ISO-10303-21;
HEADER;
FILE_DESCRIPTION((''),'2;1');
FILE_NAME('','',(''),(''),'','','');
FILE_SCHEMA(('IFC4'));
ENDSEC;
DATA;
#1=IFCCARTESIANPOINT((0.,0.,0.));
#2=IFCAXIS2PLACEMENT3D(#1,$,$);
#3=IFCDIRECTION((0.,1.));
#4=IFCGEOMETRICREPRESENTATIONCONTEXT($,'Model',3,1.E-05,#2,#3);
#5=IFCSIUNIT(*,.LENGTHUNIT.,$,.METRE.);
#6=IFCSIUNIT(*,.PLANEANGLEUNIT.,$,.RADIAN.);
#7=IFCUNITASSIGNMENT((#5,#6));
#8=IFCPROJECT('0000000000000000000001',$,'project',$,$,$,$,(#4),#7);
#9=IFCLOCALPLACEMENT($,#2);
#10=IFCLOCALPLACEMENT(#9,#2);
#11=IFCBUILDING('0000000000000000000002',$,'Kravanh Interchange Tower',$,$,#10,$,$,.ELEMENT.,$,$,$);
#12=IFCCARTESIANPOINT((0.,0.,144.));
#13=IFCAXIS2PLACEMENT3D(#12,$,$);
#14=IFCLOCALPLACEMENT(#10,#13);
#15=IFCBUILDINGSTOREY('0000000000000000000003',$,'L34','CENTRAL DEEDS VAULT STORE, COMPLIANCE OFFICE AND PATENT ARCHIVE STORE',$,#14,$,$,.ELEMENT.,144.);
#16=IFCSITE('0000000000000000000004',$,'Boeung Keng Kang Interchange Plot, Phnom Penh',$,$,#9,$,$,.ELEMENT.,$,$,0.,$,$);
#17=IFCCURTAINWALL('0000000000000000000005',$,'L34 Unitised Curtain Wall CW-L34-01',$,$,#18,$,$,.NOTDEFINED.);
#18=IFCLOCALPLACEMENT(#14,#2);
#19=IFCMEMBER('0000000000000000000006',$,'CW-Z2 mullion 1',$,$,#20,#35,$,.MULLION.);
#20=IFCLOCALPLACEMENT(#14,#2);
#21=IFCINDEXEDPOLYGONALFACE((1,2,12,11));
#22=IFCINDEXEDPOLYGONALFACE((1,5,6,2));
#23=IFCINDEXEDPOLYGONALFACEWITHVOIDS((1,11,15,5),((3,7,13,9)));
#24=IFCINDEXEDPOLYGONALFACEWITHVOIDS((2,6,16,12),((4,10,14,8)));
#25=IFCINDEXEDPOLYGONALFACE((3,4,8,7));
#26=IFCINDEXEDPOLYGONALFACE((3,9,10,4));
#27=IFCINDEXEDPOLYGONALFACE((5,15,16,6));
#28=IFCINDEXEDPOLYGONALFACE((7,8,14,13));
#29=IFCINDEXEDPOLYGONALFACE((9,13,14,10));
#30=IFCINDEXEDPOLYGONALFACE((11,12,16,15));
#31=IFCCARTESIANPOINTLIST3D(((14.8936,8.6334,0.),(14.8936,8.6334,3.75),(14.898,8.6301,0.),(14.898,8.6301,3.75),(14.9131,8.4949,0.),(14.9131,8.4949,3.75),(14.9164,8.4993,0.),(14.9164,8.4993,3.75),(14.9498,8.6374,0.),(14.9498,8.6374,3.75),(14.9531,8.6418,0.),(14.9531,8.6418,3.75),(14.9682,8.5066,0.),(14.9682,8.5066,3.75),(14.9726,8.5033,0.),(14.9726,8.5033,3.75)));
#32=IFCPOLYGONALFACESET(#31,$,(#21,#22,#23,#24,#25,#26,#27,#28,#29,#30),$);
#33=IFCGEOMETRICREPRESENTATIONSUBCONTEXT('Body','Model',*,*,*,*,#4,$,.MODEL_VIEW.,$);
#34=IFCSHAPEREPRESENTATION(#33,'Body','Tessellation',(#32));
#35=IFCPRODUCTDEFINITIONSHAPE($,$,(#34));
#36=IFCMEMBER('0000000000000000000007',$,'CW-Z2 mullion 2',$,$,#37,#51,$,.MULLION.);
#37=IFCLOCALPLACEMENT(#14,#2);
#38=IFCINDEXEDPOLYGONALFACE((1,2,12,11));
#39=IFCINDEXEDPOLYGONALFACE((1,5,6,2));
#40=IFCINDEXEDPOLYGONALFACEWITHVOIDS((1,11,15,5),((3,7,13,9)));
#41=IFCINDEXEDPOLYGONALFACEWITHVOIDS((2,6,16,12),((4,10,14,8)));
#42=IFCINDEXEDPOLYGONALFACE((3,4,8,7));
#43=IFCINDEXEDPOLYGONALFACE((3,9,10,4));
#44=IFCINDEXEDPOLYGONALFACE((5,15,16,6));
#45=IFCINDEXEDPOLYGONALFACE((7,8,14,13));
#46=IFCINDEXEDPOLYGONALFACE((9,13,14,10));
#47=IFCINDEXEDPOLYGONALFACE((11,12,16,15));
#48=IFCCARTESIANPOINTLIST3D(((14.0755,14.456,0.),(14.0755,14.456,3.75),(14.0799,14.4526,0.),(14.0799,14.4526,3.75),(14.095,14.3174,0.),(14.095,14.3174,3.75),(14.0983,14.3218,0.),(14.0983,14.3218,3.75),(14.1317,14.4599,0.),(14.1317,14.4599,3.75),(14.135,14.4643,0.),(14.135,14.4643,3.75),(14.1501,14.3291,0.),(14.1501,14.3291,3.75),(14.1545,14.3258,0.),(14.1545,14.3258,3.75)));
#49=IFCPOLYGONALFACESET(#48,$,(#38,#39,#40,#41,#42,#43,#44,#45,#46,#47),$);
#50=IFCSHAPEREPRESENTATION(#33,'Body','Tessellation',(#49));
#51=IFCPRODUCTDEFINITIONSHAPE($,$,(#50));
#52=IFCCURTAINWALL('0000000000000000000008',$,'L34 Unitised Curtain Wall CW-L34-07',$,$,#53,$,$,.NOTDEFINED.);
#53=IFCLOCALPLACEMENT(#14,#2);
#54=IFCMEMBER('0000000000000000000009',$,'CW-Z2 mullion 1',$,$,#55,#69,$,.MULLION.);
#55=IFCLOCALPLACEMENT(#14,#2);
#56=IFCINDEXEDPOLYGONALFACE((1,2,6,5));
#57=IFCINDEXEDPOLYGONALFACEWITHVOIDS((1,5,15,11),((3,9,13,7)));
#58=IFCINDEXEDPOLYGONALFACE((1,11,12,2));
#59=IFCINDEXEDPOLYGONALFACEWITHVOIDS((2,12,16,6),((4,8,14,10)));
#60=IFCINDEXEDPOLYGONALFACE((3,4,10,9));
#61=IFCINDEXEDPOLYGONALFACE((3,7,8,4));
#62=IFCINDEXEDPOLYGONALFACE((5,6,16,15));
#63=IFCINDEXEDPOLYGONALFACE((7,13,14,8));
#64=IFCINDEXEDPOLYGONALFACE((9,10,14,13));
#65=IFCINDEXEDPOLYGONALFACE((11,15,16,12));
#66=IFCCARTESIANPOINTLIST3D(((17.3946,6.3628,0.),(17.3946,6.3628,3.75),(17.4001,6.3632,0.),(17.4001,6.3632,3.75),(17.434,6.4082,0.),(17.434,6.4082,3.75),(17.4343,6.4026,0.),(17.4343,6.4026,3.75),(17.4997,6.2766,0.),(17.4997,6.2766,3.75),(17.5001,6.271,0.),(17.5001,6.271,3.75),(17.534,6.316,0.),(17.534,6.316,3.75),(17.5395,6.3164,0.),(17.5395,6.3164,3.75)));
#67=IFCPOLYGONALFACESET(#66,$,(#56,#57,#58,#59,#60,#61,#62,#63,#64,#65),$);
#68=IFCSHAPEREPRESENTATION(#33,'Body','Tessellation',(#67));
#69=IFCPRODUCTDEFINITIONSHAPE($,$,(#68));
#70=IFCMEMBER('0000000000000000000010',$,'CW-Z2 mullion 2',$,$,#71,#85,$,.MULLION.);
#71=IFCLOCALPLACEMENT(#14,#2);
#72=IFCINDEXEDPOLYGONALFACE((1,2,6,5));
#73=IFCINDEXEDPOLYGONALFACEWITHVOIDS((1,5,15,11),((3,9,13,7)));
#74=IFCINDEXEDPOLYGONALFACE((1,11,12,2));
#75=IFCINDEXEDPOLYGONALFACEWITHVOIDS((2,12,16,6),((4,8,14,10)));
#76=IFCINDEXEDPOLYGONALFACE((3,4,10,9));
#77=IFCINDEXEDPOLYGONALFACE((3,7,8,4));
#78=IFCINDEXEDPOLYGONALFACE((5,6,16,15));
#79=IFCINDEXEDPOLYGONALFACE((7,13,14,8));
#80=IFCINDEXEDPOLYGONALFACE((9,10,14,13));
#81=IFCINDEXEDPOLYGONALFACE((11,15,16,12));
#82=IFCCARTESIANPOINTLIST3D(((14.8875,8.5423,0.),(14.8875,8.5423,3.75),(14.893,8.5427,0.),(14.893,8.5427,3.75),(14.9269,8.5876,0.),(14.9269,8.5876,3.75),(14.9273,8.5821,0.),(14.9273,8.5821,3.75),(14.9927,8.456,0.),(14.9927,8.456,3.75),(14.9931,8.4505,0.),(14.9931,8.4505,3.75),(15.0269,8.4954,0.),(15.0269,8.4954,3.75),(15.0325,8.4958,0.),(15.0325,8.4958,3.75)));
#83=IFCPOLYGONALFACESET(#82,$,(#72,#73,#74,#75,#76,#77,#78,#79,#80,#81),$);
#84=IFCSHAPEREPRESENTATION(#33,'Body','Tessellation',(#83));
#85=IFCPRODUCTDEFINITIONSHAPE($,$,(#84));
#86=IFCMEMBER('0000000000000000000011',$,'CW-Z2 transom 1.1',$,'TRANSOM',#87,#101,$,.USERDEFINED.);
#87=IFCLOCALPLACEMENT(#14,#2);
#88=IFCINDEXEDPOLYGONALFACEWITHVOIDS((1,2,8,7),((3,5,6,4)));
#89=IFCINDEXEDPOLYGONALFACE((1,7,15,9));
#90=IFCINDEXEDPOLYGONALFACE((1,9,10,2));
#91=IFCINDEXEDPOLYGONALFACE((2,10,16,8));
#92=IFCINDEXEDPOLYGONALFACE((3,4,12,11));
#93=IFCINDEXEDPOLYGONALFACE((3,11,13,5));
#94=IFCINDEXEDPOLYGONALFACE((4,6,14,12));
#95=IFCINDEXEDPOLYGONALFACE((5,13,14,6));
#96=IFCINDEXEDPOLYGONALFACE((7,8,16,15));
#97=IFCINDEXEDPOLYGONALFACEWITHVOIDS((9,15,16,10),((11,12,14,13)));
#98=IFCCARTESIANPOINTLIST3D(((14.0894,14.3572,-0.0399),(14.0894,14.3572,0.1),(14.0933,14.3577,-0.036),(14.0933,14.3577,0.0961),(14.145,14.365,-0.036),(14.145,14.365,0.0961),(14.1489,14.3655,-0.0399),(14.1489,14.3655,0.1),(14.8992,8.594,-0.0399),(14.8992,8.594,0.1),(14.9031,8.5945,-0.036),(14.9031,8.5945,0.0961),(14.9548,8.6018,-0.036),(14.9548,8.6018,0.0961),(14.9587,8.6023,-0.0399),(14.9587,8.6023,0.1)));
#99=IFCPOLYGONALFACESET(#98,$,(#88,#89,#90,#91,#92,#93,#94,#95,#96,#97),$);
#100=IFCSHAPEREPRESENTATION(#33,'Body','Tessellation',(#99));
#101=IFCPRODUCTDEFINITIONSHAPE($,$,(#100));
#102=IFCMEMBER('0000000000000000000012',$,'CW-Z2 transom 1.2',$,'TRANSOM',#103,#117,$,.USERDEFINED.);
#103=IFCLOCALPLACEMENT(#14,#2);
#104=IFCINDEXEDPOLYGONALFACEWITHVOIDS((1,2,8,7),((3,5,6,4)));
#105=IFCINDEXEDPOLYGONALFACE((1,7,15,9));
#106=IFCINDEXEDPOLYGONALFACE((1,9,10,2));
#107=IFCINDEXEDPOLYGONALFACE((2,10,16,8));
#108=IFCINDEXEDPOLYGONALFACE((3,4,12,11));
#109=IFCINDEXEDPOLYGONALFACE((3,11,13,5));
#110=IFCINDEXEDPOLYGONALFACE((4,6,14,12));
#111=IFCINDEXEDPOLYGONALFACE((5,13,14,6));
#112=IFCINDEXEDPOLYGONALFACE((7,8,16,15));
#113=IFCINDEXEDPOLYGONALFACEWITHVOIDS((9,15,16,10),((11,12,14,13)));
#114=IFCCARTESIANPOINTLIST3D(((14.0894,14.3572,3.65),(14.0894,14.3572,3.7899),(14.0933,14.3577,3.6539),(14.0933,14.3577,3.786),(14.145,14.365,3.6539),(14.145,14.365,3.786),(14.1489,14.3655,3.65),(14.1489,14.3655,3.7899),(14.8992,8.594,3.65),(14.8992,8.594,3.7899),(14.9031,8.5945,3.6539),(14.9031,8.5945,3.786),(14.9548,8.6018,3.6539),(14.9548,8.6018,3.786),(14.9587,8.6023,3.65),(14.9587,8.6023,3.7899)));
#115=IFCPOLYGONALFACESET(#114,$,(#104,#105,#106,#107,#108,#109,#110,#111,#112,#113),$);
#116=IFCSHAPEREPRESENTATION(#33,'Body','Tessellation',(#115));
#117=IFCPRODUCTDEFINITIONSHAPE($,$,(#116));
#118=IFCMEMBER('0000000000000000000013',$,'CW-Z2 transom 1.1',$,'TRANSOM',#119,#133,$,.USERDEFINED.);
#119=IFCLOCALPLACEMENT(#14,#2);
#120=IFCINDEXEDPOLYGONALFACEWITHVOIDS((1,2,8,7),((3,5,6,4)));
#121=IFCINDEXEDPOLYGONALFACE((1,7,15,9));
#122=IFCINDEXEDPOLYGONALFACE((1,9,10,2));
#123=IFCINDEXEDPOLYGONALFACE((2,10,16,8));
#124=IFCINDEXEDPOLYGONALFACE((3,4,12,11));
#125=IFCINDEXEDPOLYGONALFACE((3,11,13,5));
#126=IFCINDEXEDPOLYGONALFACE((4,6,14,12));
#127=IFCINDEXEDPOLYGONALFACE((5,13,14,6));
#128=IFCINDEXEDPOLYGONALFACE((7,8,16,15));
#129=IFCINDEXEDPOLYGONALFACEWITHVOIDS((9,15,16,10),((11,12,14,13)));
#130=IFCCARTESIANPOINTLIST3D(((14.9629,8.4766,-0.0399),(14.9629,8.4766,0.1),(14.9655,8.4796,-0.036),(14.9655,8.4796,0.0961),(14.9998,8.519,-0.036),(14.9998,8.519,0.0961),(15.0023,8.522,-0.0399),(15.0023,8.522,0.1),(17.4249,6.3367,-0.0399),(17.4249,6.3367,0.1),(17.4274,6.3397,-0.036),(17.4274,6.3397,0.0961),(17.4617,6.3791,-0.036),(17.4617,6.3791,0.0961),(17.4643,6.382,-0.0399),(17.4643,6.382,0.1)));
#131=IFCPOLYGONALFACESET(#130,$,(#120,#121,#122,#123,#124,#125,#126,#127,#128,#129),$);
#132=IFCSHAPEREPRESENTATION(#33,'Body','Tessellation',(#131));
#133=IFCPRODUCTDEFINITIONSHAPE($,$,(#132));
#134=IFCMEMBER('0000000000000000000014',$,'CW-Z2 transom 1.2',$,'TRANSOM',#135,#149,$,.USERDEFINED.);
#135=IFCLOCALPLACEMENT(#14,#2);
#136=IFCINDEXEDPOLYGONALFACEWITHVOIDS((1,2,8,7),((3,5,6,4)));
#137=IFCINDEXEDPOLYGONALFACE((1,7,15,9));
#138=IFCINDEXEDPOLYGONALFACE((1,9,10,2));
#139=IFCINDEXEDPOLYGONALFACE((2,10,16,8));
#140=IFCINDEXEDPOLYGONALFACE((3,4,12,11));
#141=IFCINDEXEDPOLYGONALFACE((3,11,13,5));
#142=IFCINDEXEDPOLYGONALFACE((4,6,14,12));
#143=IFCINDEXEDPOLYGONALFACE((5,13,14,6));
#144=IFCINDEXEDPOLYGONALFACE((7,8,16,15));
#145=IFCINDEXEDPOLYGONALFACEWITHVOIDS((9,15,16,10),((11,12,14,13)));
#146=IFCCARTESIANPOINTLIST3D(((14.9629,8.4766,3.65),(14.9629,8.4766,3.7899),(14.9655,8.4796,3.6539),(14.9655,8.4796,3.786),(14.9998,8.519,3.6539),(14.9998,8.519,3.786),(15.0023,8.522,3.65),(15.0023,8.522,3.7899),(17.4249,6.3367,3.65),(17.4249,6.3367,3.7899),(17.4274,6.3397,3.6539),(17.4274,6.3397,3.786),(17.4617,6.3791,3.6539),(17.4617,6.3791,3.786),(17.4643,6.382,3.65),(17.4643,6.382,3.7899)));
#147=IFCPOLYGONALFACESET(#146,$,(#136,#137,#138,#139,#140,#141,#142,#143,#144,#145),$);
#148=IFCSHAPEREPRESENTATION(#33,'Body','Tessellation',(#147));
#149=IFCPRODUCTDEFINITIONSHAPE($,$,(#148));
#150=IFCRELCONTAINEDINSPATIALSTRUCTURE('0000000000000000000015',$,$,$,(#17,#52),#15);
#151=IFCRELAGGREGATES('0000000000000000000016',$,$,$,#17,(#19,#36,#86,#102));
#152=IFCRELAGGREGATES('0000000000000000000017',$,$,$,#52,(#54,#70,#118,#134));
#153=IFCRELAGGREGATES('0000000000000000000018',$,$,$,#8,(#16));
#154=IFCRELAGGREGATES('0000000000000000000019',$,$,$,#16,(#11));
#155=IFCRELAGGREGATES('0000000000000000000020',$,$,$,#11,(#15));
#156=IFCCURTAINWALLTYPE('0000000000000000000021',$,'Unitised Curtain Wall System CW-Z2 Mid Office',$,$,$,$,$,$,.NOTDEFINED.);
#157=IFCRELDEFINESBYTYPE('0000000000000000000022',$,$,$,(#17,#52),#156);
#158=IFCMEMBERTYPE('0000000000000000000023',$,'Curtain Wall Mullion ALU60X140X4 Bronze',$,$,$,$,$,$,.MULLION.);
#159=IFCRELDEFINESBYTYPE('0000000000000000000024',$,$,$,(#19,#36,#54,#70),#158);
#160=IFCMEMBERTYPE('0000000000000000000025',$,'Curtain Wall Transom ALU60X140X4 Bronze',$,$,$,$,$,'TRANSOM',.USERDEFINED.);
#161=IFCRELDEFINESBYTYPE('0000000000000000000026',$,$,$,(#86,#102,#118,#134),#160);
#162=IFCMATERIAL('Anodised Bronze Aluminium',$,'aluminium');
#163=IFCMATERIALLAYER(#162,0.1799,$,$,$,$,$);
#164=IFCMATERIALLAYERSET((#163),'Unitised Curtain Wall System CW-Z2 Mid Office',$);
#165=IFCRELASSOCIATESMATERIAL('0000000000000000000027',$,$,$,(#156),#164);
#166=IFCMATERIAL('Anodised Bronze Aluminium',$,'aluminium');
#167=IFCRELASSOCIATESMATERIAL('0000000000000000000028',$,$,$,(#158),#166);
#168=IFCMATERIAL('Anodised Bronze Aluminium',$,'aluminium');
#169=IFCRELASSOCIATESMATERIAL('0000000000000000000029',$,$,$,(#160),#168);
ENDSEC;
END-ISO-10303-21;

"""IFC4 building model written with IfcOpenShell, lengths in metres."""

from ifc_helpers import new_model, si_unit, direction, frame, origin, origin_2d, place, context, subcontext, project, spatial, hollow_rectangle, extrude, material, layer, layer_set, material_profile, profile_set, type_object, element, aggregate, save


model = new_model("IFC4")

# Units and contexts
model_context = context("Model", 3, precision=1e-05, world=origin(), true_north=direction((0.0, 1.0)))
body_context = subcontext(model_context, "Body", "Model", "MODEL_VIEW")
ifc_project = project(units=[si_unit("LENGTHUNIT", "METRE"), si_unit("PLANEANGLEUNIT", "RADIAN")], contexts=[model_context])

# Site, building, storey
site_placement = place(None, origin())
site = spatial("IfcSite", under=ifc_project, at=site_placement, Name="Boeung Keng Kang Interchange Plot, Phnom Penh", CompositionType="ELEMENT", RefElevation=0.0)
building_placement = place(site_placement, origin())
building = spatial("IfcBuilding", under=site, at=building_placement, Name="Kravanh Interchange Tower", CompositionType="ELEMENT")
storey_placement = place(building_placement, frame((0.0, 0.0, 144.0)))
storey = spatial("IfcBuildingStorey", under=building, at=storey_placement, Name="L34", Description="CENTRAL DEEDS VAULT STORE, COMPLIANCE OFFICE AND PATENT ARCHIVE STORE", CompositionType="ELEMENT", Elevation=144.0)

# Curtain walls, members
ifc_material_1 = material(Name="Anodised Bronze Aluminium", Category="aluminium")
ifc_layer_1 = layer(ifc_material_1, 0.1799)
ifc_layer_set_1 = layer_set([ifc_layer_1], Name="Unitised Curtain Wall System CW-Z2 Mid Office")
curtain_wall_type = type_object("IfcCurtainWallType", Name="Unitised Curtain Wall System CW-Z2 Mid Office", PredefinedType="NOTDEFINED", material=ifc_layer_set_1)
curtain_wall_1_placement = place(storey_placement, origin())
curtain_wall_1 = element("IfcCurtainWall", 1, at=curtain_wall_1_placement, inside=storey, type_object=curtain_wall_type, Name="L34 Unitised Curtain Wall CW-L34-01", PredefinedType="NOTDEFINED")
ifc_material_2 = material(Name="Anodised Bronze Aluminium", Category="aluminium")
ifc_material_profile_1 = material_profile(ifc_material_2, hollow_rectangle(XDim=0.0601, YDim=0.1399, WallThickness=0.0039, at=origin_2d()), Name="ALU60X140X4")
ifc_profile_set_1 = profile_set([ifc_material_profile_1], Name="Anodised Bronze Aluminium")
member_type_1 = type_object("IfcMemberType", Name="Curtain Wall Mullion ALU60X140X4 Bronze", PredefinedType="MULLION", material=ifc_profile_set_1)
member_1_placement = place(storey_placement, frame((14.9331, 8.5684, 0.0), z_axis=(0.0, 0.0, 1.0), x_axis=(-0.990268, -0.139173, 0.0)))
member_1 = element("IfcMember", 2, at=member_1_placement, type_object=member_type_1, Name="CW-Z2 mullion 1", PredefinedType="MULLION", context=body_context, shape_type="SweptSolid", body=[
    extrude(hollow_rectangle(XDim=0.0601, YDim=0.1399, WallThickness=0.0039, at=origin_2d()), origin(), (0.0, 0.0, 1.0), 3.75),
])
member_2_placement = place(storey_placement, frame((14.115, 14.3909, 0.0), z_axis=(0.0, 0.0, 1.0), x_axis=(-0.990268, -0.139173, 0.0)))
member_2 = element("IfcMember", 3, at=member_2_placement, type_object=member_type_1, Name="CW-Z2 mullion 2", PredefinedType="MULLION", context=body_context, shape_type="SweptSolid", body=[
    extrude(hollow_rectangle(XDim=0.0601, YDim=0.1399, WallThickness=0.0039, at=origin_2d()), origin(), (0.0, 0.0, 1.0), 3.75),
])
curtain_wall_2_placement = place(storey_placement, origin())
curtain_wall_2 = element("IfcCurtainWall", 4, at=curtain_wall_2_placement, inside=storey, type_object=curtain_wall_type, Name="L34 Unitised Curtain Wall CW-L34-07", PredefinedType="NOTDEFINED")
member_3_placement = place(storey_placement, frame((17.467, 6.3396, 0.0), z_axis=(0.0, 0.0, 1.0), x_axis=(-0.656048, -0.754719, 0.0)))
member_3 = element("IfcMember", 5, at=member_3_placement, type_object=member_type_1, Name="CW-Z2 mullion 1", PredefinedType="MULLION", context=body_context, shape_type="SweptSolid", body=[
    extrude(hollow_rectangle(XDim=0.0601, YDim=0.1399, WallThickness=0.0039, at=origin_2d()), origin(), (0.0, 0.0, 1.0), 3.75),
])
member_4_placement = place(storey_placement, frame((14.96, 8.519, 0.0), z_axis=(0.0, 0.0, 1.0), x_axis=(-0.656048, -0.754719, 0.0)))
member_4 = element("IfcMember", 6, at=member_4_placement, type_object=member_type_1, Name="CW-Z2 mullion 2", PredefinedType="MULLION", context=body_context, shape_type="SweptSolid", body=[
    extrude(hollow_rectangle(XDim=0.0601, YDim=0.1399, WallThickness=0.0039, at=origin_2d()), origin(), (0.0, 0.0, 1.0), 3.75),
])

# Members
ifc_material_3 = material(Name="Anodised Bronze Aluminium", Category="aluminium")
ifc_material_profile_2 = material_profile(ifc_material_3, hollow_rectangle(XDim=0.0601, YDim=0.1399, WallThickness=0.0039, at=origin_2d()), Name="ALU60X140X4")
ifc_profile_set_2 = profile_set([ifc_material_profile_2], Name="Anodised Bronze Aluminium")
member_type_2 = type_object("IfcMemberType", Name="Curtain Wall Transom ALU60X140X4 Bronze", ElementType="TRANSOM", PredefinedType="USERDEFINED", material=ifc_profile_set_2)
member_5_placement = place(storey_placement, frame((14.929, 8.5981, 0.03), z_axis=(-0.139148, 0.990272, 0.0), x_axis=(-0.990272, -0.139148, 0.0)))
member_5 = element("IfcMember", 7, at=member_5_placement, type_object=member_type_2, Name="CW-Z2 transom 1.1", ObjectType="TRANSOM", PredefinedType="USERDEFINED", context=body_context, shape_type="SweptSolid", body=[
    extrude(hollow_rectangle(XDim=0.0601, YDim=0.1399, WallThickness=0.0039, at=origin_2d()), origin(), (0.0, 0.0, 1.0), 5.8198),
])
member_6_placement = place(storey_placement, frame((14.929, 8.5981, 3.72), z_axis=(-0.139148, 0.990272, 0.0), x_axis=(-0.990272, -0.139148, 0.0)))
member_6 = element("IfcMember", 8, at=member_6_placement, type_object=member_type_2, Name="CW-Z2 transom 1.2", ObjectType="TRANSOM", PredefinedType="USERDEFINED", context=body_context, shape_type="SweptSolid", body=[
    extrude(hollow_rectangle(XDim=0.0601, YDim=0.1399, WallThickness=0.0039, at=origin_2d()), origin(), (0.0, 0.0, 1.0), 5.8198),
])
member_7_placement = place(storey_placement, frame((17.4446, 6.3594, 0.03), z_axis=(-0.754742, 0.656021, 0.0), x_axis=(-0.656021, -0.754742, 0.0)))
member_7 = element("IfcMember", 9, at=member_7_placement, type_object=member_type_2, Name="CW-Z2 transom 1.1", ObjectType="TRANSOM", PredefinedType="USERDEFINED", context=body_context, shape_type="SweptSolid", body=[
    extrude(hollow_rectangle(XDim=0.0601, YDim=0.1399, WallThickness=0.0039, at=origin_2d()), origin(), (0.0, 0.0, 1.0), 3.262),
])
member_8_placement = place(storey_placement, frame((17.4446, 6.3594, 3.72), z_axis=(-0.754742, 0.656021, 0.0), x_axis=(-0.656021, -0.754742, 0.0)))
member_8 = element("IfcMember", 10, at=member_8_placement, type_object=member_type_2, Name="CW-Z2 transom 1.2", ObjectType="TRANSOM", PredefinedType="USERDEFINED", context=body_context, shape_type="SweptSolid", body=[
    extrude(hollow_rectangle(XDim=0.0601, YDim=0.1399, WallThickness=0.0039, at=origin_2d()), origin(), (0.0, 0.0, 1.0), 3.262),
])

aggregate(curtain_wall_1, [member_1, member_2, member_5, member_6])
aggregate(curtain_wall_2, [member_3, member_4, member_7, member_8])

save(model, "model.ifc")
